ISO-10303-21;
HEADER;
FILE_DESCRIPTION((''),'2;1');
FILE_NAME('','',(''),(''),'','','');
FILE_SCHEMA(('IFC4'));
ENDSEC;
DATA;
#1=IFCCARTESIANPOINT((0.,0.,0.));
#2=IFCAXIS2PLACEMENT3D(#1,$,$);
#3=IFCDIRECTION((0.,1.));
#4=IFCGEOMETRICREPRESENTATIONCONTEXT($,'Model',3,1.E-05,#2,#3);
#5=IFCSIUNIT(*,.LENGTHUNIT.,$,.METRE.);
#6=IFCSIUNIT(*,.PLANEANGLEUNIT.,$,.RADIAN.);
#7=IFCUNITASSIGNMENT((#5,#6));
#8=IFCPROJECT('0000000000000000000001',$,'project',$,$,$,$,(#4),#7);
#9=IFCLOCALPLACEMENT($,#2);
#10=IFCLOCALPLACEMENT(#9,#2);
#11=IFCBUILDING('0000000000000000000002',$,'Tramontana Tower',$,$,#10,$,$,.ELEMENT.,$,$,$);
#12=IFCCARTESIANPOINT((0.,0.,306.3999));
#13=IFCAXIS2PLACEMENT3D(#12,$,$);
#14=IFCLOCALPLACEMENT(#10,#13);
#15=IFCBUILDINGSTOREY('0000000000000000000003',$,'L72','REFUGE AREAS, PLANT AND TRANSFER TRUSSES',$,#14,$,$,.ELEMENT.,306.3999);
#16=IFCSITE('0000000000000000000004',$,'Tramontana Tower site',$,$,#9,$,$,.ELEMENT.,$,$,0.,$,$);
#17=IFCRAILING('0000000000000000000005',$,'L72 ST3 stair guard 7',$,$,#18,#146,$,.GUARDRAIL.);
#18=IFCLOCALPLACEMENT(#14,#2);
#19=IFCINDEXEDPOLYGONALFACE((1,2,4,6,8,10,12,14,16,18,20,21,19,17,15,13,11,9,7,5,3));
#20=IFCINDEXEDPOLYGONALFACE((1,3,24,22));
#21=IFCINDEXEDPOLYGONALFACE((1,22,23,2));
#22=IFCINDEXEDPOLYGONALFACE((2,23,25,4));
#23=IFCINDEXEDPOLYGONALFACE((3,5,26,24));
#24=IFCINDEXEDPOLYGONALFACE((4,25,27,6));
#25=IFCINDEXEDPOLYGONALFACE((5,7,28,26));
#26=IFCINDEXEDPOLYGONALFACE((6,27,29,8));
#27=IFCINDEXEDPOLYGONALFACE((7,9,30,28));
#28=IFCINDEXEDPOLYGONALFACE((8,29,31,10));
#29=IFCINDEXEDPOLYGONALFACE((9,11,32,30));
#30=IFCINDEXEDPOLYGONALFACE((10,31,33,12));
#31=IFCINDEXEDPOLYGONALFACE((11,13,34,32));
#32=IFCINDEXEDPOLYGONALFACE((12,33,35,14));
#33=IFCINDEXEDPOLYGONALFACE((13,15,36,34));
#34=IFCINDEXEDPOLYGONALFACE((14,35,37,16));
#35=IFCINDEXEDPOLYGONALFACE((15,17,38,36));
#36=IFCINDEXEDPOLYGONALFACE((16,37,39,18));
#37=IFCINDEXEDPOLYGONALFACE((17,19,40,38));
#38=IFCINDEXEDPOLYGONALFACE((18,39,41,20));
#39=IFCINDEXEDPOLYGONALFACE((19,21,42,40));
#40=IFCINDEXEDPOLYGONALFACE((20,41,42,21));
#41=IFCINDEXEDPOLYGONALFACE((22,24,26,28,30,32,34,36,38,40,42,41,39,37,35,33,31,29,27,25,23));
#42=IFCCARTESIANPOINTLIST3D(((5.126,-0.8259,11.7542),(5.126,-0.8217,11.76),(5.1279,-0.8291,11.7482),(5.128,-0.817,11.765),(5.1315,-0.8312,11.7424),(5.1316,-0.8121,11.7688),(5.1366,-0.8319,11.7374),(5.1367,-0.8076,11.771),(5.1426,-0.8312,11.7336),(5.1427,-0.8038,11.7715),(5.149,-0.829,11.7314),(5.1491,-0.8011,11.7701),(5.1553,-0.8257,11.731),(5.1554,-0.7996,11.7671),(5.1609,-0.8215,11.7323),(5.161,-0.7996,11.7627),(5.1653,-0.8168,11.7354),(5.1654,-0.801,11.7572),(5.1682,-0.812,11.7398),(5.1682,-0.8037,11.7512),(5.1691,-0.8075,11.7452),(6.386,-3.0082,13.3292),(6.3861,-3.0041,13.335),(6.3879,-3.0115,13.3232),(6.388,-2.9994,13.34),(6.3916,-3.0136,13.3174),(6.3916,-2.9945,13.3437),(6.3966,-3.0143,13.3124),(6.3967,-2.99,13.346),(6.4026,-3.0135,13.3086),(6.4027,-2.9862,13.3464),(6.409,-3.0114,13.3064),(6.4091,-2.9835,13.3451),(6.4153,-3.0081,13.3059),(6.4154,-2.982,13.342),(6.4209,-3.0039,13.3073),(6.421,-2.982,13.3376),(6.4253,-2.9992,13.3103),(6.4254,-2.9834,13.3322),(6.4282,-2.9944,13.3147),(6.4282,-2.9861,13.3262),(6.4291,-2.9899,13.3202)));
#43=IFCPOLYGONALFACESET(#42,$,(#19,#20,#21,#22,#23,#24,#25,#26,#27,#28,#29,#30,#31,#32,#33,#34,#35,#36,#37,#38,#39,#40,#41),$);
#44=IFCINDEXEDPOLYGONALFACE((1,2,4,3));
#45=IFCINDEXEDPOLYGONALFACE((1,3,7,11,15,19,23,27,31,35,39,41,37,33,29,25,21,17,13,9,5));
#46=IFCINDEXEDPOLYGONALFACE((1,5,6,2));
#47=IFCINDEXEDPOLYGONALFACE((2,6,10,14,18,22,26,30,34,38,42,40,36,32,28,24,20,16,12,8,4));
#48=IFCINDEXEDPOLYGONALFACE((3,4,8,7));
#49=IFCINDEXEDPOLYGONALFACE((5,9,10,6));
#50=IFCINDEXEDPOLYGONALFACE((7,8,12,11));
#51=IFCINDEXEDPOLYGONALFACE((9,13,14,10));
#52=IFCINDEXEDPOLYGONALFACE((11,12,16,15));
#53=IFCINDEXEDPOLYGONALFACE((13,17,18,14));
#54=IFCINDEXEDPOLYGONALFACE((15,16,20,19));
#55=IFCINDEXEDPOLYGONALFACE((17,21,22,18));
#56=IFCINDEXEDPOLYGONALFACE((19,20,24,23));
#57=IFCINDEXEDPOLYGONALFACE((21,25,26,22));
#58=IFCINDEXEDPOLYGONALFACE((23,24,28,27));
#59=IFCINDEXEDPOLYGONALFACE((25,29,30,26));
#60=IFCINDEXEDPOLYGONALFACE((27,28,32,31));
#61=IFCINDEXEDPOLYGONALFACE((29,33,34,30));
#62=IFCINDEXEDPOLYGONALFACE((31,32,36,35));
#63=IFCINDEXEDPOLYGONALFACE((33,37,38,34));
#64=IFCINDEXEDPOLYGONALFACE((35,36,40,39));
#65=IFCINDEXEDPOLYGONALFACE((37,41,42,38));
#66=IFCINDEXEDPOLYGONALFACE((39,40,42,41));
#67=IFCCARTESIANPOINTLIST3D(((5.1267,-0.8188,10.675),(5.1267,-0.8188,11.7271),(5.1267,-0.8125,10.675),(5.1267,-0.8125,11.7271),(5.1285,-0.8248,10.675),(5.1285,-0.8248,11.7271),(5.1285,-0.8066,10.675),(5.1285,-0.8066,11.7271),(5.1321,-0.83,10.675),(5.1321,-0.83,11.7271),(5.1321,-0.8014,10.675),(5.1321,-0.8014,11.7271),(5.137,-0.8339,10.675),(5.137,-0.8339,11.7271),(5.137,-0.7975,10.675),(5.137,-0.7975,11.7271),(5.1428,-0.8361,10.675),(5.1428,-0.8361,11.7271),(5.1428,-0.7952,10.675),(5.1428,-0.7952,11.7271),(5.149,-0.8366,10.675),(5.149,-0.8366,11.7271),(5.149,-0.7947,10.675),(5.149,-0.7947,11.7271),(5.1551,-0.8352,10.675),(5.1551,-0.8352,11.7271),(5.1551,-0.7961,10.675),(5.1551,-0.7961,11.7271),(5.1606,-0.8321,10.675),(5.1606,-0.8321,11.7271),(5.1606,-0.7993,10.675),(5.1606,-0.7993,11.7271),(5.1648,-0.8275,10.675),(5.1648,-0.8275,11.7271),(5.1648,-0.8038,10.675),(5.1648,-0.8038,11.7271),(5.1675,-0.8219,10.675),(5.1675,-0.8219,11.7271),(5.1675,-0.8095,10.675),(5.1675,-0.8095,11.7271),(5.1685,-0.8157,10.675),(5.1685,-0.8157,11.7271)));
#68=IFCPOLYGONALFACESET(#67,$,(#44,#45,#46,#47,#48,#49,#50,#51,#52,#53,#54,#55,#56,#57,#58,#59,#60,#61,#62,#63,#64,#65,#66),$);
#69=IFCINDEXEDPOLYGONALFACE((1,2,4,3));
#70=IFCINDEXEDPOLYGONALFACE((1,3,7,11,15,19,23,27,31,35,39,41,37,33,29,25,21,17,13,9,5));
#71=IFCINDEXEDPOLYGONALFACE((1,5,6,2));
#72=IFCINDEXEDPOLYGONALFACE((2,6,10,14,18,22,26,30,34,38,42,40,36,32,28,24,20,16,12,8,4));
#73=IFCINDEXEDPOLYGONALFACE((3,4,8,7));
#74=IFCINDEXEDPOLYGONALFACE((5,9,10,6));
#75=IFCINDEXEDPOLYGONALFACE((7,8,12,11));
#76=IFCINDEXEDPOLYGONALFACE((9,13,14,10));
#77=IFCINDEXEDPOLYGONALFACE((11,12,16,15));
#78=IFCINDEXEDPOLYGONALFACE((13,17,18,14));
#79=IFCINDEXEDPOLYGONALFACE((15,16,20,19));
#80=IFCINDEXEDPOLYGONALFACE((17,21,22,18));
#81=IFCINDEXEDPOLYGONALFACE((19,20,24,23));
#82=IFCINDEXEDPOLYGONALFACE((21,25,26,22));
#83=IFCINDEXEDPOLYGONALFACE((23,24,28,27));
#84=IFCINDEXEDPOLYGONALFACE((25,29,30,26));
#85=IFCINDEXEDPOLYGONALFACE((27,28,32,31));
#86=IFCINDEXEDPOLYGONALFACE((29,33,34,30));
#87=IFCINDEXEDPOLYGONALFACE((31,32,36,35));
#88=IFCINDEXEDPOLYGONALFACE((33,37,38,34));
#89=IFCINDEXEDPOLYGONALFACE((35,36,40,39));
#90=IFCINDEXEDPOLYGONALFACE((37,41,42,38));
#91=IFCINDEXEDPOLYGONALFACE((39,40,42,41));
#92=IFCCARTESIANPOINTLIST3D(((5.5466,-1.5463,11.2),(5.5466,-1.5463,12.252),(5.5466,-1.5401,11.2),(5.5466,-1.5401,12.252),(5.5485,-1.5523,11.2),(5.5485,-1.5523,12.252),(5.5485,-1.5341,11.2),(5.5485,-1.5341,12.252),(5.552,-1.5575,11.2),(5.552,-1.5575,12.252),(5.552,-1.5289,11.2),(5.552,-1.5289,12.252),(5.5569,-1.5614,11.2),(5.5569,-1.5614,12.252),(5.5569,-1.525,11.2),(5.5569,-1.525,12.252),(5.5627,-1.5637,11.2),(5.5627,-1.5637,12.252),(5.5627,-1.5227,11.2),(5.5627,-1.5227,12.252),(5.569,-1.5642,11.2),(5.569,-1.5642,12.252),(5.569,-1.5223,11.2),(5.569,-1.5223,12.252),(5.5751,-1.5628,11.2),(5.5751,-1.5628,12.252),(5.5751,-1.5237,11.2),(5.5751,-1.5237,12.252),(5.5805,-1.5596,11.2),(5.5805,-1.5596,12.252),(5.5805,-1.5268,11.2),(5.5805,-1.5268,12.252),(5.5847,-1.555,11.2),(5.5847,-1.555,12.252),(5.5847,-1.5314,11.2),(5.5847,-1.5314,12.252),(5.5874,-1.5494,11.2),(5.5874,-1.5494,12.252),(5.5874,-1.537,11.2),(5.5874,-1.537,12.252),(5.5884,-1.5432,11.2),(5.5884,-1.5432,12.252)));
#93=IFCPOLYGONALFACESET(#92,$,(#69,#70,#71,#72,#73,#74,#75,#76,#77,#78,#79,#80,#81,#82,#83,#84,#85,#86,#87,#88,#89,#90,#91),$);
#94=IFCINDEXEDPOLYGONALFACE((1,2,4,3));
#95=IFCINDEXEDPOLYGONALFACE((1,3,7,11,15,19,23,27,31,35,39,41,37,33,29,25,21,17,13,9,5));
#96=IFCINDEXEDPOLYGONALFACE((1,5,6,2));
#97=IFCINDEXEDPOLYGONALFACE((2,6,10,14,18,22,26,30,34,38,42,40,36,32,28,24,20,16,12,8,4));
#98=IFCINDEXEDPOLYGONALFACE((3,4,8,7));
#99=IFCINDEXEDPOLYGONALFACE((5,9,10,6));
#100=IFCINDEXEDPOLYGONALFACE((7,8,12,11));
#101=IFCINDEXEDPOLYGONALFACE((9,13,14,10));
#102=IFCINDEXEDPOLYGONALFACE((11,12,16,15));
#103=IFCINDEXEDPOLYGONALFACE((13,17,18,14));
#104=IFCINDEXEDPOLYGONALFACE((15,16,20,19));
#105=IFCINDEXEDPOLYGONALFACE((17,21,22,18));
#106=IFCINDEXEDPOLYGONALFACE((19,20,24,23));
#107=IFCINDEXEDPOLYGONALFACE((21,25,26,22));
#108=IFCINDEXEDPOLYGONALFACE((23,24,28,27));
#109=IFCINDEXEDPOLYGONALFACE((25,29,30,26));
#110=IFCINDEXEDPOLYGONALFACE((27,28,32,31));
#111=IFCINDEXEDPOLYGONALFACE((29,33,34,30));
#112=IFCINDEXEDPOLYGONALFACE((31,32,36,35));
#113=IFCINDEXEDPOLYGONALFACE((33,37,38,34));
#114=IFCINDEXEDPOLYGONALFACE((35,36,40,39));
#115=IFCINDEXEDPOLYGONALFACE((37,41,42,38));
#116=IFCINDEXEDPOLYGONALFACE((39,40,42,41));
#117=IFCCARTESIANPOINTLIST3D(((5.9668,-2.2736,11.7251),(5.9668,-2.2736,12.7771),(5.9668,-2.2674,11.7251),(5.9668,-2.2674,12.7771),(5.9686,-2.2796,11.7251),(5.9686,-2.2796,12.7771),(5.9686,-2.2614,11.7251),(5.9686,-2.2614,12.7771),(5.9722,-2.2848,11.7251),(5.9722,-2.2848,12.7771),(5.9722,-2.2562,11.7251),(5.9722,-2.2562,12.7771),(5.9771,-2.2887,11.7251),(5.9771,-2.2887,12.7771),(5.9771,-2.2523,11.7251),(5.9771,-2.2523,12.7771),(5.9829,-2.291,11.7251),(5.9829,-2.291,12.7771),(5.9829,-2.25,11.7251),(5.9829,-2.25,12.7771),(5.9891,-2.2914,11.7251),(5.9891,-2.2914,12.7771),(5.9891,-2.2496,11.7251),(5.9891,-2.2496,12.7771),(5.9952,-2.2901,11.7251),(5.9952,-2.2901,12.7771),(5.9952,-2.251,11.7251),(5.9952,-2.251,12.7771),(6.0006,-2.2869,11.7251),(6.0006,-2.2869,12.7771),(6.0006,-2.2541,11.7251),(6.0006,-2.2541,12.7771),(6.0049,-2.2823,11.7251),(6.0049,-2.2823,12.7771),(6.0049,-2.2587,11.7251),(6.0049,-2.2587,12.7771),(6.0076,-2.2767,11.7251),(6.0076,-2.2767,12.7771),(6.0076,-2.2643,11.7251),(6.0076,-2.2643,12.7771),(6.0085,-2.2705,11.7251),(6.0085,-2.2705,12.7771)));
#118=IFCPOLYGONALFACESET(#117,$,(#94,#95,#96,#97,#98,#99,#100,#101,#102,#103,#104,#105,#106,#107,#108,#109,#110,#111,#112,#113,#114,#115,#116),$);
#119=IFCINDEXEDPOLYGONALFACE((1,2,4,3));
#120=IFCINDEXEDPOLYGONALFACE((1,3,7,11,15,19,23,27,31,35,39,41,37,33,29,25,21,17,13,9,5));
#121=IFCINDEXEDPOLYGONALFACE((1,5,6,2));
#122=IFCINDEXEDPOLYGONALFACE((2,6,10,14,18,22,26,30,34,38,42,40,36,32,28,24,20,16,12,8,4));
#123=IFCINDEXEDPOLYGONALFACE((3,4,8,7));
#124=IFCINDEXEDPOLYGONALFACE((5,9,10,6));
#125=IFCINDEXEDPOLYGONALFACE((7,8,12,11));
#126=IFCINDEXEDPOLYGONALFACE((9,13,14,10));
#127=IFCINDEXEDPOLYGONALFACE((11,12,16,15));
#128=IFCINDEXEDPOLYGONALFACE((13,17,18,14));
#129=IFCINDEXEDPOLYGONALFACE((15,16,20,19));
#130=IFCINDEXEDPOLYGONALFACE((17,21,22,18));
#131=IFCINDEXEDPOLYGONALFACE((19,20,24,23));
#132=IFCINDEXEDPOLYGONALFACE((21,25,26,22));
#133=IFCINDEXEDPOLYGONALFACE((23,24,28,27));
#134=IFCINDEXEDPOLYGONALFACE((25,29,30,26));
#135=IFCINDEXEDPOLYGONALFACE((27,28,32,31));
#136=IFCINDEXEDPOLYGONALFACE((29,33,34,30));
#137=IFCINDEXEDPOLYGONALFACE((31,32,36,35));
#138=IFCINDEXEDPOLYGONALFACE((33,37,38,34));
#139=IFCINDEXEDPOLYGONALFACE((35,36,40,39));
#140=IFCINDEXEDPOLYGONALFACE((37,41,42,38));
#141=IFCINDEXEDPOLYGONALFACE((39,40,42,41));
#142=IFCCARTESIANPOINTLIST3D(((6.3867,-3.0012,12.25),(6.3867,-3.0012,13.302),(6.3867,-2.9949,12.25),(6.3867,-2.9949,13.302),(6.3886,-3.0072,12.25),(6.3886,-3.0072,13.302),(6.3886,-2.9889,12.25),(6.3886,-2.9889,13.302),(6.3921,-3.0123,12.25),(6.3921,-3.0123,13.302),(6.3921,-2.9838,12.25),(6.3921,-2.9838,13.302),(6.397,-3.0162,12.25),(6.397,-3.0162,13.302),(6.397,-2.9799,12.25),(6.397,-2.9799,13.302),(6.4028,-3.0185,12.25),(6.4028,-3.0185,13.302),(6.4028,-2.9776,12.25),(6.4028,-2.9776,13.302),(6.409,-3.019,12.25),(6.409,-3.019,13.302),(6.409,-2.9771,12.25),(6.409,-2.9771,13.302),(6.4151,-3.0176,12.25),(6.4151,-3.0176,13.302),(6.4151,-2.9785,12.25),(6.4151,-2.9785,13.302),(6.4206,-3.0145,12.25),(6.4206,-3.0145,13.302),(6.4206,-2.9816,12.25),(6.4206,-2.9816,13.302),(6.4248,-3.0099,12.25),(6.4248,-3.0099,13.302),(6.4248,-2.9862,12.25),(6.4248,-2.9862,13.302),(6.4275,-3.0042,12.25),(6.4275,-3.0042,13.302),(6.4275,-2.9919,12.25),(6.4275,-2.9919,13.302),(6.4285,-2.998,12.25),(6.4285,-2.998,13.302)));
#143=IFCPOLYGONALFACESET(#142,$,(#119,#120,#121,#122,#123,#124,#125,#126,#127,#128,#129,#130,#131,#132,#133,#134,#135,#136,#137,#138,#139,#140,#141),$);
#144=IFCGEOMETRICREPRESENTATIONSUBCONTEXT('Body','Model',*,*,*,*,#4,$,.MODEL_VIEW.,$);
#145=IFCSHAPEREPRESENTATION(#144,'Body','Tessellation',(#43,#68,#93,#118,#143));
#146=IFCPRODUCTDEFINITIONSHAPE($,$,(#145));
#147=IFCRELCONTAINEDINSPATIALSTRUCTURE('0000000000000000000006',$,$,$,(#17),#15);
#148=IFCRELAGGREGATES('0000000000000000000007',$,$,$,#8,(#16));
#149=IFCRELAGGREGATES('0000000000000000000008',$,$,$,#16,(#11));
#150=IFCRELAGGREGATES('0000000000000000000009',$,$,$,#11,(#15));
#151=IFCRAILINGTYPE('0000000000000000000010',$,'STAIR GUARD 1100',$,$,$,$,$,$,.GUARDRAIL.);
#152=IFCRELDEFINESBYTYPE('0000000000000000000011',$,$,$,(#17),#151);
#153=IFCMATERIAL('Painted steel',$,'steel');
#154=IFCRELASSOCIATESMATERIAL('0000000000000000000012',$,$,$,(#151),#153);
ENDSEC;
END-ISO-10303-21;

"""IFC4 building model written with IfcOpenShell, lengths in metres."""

from ifc_helpers import new_model, si_unit, direction, frame, origin, origin_2d, place, context, subcontext, project, spatial, circle, extrude, material, type_object, element, save


model = new_model("IFC4")

# Units and contexts
model_context = context("Model", 3, precision=1e-05, world=origin(), true_north=direction((0.0, 1.0)))
body_context = subcontext(model_context, "Body", "Model", "MODEL_VIEW")
ifc_project = project(units=[si_unit("LENGTHUNIT", "METRE"), si_unit("PLANEANGLEUNIT", "RADIAN")], contexts=[model_context])

# Site, building, storey
site_placement = place(None, origin())
site = spatial("IfcSite", under=ifc_project, at=site_placement, Name="Tramontana Tower site", CompositionType="ELEMENT", RefElevation=0.0)
building_placement = place(site_placement, origin())
building = spatial("IfcBuilding", under=site, at=building_placement, Name="Tramontana Tower", CompositionType="ELEMENT")
storey_placement = place(building_placement, frame((0.0, 0.0, 306.3999)))
storey = spatial("IfcBuildingStorey", under=building, at=storey_placement, Name="L72", Description="REFUGE AREAS, PLANT AND TRANSFER TRUSSES", CompositionType="ELEMENT", Elevation=306.3999)

# Railing
ifc_material_1 = material(Name="Painted steel", Category="steel")
railing_type_1 = type_object("IfcRailingType", Name="STAIR GUARD 1100", PredefinedType="GUARDRAIL", material=ifc_material_1)
for number, where, name in (
    (1, (5.1475, -0.8157, 10.675), "L72 ST3 stair guard 7"),
):
    element("IfcRailing", number, at=place(storey_placement, frame(where)), inside=storey, type_object=railing_type_1, Name=name, PredefinedType="GUARDRAIL", context=body_context, shape_type="SweptSolid", body=[
        extrude(circle(Radius=0.0239, at=origin_2d()), frame((0.0, 0.0, 1.0762), z_axis=(0.424007, -0.734392, 0.529988), x_axis=(0.866023, 0.500005, 0.0)), (0.0, 0.0, 1.0), 2.9717),
        extrude(circle(Radius=0.021, at=origin_2d()), origin(), (0.0, 0.0, 1.0), 1.052),
        extrude(circle(Radius=0.021, at=origin_2d()), frame((0.4199, -0.7275, 0.5249)), (0.0, 0.0, 1.0), 1.052),
        extrude(circle(Radius=0.021, at=origin_2d()), frame((0.8401, -1.4548, 1.05)), (0.0, 0.0, 1.0), 1.052),
        extrude(circle(Radius=0.021, at=origin_2d()), frame((1.26, -2.1824, 1.575)), (0.0, 0.0, 1.0), 1.052),
    ])

save(model, "model.ifc")
